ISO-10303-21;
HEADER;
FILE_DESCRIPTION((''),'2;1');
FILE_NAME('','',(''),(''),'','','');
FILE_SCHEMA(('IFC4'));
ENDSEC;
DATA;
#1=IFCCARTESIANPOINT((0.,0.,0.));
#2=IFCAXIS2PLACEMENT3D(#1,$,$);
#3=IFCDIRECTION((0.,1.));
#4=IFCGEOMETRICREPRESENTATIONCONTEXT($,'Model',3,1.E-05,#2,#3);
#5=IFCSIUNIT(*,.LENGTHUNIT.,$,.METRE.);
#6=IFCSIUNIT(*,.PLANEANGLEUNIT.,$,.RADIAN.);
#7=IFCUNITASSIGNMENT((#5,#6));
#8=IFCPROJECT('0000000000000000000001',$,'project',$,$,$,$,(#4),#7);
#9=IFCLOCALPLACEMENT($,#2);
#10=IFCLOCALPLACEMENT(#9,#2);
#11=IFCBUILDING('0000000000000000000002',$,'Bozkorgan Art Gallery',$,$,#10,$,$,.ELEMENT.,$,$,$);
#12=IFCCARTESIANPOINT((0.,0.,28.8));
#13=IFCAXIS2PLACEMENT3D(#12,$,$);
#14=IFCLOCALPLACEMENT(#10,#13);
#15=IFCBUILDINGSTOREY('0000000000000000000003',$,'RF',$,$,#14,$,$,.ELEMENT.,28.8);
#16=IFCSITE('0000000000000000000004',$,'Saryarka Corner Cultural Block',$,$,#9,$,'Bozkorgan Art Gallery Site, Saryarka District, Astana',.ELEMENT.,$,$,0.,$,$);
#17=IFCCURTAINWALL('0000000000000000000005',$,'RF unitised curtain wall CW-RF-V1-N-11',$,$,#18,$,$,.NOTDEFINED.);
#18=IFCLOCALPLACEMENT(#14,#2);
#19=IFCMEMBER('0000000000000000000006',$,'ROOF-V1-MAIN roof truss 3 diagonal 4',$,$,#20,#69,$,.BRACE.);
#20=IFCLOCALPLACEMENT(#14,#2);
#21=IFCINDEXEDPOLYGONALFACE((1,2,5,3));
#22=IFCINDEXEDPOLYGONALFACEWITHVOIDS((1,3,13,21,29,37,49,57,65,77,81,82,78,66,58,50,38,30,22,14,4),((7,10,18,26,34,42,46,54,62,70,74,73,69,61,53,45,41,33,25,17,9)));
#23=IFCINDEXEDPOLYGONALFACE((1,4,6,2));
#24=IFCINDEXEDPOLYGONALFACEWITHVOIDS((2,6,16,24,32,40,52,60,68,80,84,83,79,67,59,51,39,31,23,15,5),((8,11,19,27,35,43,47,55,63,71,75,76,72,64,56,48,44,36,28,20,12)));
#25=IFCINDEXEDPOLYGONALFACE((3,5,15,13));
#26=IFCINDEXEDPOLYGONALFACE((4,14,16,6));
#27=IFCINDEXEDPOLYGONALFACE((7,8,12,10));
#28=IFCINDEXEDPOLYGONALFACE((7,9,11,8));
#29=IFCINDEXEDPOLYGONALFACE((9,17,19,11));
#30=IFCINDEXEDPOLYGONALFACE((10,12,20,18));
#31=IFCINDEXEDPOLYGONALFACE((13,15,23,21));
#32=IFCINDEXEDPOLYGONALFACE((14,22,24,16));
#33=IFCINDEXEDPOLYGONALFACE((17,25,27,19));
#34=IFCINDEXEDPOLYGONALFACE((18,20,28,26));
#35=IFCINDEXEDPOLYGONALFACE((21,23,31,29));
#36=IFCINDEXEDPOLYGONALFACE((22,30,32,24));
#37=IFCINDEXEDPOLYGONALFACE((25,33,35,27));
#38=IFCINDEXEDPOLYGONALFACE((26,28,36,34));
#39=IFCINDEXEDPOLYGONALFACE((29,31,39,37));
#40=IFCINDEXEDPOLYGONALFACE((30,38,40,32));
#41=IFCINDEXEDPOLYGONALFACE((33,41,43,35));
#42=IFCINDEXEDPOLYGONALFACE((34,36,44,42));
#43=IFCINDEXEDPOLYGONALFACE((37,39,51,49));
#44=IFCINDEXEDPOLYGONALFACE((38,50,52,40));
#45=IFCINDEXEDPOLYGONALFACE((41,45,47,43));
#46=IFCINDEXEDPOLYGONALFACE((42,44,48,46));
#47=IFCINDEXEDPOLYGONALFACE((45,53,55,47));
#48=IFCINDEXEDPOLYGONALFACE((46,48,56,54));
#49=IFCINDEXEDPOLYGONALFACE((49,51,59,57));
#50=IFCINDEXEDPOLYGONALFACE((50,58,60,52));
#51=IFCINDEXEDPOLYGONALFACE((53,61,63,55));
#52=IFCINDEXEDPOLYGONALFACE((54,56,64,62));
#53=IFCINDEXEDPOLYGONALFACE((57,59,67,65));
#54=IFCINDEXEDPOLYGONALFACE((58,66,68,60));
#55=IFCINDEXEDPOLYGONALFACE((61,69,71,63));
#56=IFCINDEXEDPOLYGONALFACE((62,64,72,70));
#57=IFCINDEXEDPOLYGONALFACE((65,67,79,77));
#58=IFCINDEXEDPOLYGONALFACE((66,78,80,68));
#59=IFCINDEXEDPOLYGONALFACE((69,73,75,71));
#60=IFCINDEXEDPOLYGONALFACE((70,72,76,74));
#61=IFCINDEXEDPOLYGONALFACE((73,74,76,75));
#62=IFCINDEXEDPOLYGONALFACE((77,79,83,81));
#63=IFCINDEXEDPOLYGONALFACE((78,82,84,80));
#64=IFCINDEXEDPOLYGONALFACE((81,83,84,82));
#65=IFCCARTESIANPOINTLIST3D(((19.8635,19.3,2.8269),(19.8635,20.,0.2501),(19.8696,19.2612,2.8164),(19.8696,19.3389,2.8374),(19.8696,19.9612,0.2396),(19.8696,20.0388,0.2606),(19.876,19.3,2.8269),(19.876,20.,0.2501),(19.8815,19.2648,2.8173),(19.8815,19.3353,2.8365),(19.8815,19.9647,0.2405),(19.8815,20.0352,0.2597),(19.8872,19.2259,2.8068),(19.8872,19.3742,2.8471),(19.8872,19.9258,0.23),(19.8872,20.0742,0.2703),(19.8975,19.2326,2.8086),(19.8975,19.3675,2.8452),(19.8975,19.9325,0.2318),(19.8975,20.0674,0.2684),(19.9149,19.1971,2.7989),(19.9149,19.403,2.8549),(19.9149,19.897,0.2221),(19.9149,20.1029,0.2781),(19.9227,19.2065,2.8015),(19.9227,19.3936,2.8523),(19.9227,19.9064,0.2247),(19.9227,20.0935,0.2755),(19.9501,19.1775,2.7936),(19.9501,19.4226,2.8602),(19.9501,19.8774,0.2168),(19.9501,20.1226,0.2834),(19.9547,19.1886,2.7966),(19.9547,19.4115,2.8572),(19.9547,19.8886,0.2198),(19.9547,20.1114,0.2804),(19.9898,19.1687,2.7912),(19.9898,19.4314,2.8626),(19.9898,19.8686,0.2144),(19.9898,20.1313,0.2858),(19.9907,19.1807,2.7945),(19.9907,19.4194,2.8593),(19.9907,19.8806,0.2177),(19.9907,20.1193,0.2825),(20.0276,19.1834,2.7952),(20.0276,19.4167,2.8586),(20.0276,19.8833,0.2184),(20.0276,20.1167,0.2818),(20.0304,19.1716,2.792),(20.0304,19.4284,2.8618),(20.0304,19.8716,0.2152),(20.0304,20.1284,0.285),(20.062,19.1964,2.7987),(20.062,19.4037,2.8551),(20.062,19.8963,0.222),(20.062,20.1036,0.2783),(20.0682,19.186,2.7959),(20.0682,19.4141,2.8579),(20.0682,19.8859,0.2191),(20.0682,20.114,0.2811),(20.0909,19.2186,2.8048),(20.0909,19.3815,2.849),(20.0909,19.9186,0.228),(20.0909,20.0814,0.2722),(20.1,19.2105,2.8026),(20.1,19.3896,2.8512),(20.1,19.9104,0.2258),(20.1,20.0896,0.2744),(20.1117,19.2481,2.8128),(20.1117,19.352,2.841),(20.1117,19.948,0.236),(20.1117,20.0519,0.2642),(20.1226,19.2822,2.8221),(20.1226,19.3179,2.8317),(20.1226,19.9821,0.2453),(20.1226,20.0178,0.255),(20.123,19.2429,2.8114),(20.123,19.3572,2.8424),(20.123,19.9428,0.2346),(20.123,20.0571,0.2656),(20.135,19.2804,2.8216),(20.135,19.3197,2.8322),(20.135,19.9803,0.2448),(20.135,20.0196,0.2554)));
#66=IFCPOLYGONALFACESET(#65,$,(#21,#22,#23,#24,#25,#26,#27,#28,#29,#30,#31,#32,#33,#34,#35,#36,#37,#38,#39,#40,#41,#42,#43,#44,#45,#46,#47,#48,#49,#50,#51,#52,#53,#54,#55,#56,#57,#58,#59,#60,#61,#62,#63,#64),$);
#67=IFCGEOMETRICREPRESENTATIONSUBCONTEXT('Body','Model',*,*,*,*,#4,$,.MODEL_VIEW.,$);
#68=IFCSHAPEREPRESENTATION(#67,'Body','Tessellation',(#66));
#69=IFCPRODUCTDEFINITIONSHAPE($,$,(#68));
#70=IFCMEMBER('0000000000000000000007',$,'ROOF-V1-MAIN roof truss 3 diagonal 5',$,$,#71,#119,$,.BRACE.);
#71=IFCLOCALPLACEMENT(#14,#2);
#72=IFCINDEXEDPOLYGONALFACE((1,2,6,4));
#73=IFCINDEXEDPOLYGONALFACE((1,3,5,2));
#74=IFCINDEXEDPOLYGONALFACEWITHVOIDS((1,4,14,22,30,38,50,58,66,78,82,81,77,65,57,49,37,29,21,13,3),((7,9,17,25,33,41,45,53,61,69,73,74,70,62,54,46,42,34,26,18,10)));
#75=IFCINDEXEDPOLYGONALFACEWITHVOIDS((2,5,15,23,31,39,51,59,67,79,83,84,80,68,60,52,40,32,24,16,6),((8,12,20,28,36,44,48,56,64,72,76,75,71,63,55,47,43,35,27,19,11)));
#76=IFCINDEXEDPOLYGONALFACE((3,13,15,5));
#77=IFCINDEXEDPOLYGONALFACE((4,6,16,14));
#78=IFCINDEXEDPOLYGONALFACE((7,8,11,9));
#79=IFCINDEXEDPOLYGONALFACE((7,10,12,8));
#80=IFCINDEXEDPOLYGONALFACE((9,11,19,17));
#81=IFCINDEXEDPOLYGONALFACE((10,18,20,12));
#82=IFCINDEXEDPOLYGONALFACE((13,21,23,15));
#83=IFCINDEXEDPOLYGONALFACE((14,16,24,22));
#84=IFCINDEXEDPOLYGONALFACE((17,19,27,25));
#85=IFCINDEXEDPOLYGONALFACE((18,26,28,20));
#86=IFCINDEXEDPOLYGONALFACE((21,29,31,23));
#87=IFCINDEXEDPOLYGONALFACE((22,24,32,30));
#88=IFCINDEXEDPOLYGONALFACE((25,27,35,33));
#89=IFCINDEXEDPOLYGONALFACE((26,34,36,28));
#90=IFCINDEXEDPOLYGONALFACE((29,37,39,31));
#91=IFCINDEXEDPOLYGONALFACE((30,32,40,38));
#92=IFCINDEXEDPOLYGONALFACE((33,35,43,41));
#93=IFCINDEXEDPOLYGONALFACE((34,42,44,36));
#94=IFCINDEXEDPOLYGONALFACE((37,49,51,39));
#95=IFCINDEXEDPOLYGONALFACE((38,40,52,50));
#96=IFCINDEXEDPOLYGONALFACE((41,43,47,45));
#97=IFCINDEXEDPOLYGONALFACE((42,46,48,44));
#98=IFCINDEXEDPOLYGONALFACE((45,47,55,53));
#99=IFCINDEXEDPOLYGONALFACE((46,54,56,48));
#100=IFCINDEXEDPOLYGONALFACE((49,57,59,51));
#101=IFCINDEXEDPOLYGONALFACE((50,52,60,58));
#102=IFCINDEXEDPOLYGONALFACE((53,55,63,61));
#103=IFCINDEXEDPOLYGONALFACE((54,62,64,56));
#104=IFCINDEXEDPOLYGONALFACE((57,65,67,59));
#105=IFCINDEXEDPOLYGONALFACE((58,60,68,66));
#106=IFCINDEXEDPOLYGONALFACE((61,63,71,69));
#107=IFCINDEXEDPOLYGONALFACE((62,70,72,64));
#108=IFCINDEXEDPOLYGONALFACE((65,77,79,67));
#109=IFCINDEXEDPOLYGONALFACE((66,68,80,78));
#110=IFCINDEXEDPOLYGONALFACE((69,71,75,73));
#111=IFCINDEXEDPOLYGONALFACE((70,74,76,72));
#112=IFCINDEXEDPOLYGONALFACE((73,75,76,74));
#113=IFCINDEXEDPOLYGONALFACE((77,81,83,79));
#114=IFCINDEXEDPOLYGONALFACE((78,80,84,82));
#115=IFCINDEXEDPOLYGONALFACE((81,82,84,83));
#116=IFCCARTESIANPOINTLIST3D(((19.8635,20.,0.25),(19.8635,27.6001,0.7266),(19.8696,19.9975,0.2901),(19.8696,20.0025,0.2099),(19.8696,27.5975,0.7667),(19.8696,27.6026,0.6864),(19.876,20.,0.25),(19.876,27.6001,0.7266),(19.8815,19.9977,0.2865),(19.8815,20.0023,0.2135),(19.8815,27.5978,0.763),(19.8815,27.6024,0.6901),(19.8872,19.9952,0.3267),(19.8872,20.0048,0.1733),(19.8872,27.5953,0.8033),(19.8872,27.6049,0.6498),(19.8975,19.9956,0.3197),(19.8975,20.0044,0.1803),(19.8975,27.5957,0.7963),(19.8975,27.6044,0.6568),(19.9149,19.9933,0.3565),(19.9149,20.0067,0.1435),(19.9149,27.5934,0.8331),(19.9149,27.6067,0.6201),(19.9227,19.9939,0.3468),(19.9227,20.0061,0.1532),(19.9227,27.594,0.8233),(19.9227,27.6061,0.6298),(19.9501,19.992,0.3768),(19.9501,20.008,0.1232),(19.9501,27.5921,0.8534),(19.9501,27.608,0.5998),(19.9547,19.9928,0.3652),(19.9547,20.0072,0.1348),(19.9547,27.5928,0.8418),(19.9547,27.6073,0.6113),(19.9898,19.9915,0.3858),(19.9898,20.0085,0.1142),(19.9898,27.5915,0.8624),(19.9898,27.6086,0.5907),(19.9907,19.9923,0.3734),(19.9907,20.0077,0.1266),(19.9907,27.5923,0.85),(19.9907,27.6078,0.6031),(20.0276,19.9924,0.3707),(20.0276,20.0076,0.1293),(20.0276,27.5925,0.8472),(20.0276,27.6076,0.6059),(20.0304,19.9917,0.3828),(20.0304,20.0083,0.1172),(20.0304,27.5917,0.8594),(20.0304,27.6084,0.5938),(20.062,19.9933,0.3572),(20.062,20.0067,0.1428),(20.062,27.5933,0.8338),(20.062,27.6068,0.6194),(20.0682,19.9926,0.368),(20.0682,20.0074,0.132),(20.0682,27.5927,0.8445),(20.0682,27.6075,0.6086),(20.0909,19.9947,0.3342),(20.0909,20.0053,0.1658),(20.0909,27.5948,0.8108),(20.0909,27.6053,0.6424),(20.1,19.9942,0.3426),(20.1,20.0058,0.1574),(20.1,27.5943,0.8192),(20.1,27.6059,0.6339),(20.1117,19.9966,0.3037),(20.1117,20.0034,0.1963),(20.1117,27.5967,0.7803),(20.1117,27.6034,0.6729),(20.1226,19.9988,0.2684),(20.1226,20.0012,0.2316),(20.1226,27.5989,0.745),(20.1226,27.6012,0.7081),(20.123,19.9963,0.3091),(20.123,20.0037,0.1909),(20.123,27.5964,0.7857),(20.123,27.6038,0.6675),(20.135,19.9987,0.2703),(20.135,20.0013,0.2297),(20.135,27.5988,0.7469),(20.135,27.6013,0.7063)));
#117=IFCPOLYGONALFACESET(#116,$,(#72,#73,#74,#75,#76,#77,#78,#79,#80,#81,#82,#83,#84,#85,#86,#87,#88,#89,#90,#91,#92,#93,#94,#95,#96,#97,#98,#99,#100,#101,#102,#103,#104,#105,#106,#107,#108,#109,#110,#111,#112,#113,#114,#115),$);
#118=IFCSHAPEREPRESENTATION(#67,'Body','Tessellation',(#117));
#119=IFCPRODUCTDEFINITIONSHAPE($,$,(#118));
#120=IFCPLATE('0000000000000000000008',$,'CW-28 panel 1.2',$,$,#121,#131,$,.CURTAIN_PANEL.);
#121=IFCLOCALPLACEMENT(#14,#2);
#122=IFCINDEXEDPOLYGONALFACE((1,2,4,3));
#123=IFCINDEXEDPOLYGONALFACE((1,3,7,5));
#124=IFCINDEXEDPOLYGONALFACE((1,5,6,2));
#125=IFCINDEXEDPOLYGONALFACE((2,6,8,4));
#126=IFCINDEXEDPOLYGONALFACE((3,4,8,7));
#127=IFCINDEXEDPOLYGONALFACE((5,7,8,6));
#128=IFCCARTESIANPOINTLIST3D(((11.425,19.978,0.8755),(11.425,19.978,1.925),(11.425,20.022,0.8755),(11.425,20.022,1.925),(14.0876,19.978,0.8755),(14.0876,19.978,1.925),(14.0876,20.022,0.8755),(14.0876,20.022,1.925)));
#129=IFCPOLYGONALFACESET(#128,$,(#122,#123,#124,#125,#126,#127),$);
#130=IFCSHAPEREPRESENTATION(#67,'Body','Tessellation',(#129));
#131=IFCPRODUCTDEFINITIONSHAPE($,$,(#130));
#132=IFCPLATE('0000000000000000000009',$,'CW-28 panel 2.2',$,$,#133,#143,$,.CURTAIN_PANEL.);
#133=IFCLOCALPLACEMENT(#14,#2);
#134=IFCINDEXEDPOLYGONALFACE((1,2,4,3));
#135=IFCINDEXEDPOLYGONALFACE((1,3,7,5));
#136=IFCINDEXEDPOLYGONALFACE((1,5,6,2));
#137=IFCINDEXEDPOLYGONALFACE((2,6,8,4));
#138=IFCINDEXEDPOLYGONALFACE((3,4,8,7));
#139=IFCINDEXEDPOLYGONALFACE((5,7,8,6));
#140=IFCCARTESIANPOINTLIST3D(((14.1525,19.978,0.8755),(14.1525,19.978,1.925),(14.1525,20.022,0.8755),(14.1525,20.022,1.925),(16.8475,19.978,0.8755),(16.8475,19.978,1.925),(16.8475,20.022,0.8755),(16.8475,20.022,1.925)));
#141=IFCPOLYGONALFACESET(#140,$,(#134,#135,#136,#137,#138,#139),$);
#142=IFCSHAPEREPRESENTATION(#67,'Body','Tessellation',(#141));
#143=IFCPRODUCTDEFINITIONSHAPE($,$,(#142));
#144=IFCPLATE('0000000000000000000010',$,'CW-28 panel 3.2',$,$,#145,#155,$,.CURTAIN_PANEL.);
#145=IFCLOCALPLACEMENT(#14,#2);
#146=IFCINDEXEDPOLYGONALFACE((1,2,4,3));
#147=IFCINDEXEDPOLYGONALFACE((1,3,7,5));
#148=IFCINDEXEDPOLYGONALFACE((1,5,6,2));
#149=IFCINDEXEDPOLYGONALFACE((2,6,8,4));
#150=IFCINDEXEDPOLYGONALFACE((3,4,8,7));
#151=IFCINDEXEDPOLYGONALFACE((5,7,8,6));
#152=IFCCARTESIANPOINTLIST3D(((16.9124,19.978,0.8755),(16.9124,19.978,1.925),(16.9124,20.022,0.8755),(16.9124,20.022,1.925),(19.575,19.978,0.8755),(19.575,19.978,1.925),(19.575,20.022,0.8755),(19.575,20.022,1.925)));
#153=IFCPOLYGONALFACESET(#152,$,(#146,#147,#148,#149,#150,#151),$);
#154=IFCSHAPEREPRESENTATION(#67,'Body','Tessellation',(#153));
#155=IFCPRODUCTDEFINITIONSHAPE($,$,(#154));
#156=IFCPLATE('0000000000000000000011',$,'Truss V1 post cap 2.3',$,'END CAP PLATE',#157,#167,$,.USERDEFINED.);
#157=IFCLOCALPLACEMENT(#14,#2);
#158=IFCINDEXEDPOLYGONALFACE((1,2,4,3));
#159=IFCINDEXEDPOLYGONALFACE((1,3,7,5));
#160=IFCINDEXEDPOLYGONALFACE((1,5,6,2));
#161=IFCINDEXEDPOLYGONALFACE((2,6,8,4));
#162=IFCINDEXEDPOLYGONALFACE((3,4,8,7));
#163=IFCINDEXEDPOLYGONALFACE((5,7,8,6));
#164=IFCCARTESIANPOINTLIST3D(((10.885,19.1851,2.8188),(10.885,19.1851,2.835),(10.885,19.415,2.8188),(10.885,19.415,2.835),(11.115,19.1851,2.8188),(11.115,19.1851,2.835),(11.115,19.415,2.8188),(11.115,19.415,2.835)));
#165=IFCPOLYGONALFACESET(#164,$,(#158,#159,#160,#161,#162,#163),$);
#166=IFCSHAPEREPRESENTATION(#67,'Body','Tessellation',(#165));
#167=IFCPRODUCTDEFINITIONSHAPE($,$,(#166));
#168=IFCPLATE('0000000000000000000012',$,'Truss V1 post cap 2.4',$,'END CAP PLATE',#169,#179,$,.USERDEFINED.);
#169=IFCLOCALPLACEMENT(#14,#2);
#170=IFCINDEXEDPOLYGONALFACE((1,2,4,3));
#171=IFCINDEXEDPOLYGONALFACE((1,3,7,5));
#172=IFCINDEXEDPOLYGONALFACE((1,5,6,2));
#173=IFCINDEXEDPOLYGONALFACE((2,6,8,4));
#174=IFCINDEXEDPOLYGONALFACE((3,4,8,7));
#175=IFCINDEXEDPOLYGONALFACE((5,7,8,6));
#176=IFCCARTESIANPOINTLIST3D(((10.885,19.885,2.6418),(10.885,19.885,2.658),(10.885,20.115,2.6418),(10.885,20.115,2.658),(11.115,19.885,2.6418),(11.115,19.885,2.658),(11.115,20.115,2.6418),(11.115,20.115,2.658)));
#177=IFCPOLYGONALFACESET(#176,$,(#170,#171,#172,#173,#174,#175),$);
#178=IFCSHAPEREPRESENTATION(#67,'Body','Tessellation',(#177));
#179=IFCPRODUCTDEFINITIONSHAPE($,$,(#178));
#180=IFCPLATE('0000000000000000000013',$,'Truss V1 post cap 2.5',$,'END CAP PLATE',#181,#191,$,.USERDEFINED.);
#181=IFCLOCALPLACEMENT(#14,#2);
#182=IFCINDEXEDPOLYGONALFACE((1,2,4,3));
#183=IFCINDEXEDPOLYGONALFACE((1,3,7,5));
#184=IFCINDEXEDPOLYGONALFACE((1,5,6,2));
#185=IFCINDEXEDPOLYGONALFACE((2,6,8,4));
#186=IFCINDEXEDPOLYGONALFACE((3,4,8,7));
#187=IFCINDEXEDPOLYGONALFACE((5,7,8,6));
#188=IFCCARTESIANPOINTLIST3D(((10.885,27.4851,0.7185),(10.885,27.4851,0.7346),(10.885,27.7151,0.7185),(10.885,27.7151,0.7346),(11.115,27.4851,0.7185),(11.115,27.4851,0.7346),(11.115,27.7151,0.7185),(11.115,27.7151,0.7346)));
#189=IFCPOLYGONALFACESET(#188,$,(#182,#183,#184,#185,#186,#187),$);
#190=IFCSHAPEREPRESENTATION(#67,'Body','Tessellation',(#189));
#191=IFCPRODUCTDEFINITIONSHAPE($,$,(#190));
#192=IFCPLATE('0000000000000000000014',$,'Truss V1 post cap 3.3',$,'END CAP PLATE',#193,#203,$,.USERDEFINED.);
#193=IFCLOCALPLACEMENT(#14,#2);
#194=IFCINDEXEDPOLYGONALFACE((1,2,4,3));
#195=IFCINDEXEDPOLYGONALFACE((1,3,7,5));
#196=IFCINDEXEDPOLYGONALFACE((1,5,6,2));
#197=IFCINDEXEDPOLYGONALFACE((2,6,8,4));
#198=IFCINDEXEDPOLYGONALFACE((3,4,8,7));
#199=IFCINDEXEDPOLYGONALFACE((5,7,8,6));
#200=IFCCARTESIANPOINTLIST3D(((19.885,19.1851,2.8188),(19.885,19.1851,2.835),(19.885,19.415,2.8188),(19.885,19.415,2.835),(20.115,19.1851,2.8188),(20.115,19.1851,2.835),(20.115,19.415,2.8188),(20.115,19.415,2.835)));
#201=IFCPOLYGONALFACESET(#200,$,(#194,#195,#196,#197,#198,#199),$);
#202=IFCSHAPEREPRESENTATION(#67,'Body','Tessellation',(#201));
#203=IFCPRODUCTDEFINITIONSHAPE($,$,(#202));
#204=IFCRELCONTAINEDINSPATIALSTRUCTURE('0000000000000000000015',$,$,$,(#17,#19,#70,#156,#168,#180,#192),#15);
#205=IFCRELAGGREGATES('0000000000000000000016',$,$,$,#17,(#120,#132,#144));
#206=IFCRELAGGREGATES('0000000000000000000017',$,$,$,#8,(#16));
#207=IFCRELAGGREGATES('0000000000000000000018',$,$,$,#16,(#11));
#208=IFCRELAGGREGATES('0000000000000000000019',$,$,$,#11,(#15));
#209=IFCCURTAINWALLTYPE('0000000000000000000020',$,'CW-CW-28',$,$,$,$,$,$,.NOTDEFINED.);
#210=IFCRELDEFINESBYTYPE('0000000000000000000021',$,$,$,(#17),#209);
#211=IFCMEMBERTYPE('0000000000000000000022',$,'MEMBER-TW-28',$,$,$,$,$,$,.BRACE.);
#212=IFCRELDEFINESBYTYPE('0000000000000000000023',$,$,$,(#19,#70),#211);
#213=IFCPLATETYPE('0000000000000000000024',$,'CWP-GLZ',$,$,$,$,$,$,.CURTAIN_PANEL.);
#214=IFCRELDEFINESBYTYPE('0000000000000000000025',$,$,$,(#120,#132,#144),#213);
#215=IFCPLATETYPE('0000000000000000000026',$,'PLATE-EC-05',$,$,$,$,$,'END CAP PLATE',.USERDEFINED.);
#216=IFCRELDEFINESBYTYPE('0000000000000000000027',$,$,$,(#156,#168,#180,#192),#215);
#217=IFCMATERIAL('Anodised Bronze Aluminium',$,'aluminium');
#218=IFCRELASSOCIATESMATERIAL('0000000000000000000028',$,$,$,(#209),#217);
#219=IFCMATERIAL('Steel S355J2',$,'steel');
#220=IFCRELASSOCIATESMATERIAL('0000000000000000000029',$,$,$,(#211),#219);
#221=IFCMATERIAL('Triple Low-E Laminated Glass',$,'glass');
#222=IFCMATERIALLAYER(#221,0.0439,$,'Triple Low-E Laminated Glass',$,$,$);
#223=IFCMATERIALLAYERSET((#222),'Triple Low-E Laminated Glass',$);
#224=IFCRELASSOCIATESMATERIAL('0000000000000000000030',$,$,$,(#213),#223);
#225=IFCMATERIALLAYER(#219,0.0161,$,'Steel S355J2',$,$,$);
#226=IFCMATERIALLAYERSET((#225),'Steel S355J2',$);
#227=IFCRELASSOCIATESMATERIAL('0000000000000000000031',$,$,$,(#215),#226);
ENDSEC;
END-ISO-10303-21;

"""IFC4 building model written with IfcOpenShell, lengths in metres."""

from ifc_helpers import new_model, si_unit, direction, frame, origin, origin_2d, place, context, subcontext, project, spatial, rectangle, hollow_circle, extrude, material, layer, layer_set, material_profile, profile_set, type_object, element, aggregate, save


model = new_model("IFC4")

# Units and contexts
model_context = context("Model", 3, precision=1e-05, world=origin(), true_north=direction((0.0, 1.0)))
body_context = subcontext(model_context, "Body", "Model", "MODEL_VIEW")
ifc_project = project(units=[si_unit("LENGTHUNIT", "METRE"), si_unit("PLANEANGLEUNIT", "RADIAN")], contexts=[model_context])

# Site, building, storey
site_placement = place(None, origin())
site = spatial("IfcSite", under=ifc_project, at=site_placement, Name="Saryarka Corner Cultural Block", LongName="Bozkorgan Art Gallery Site, Saryarka District, Astana", CompositionType="ELEMENT", RefElevation=0.0)
building_placement = place(site_placement, origin())
building = spatial("IfcBuilding", under=site, at=building_placement, Name="Bozkorgan Art Gallery", CompositionType="ELEMENT")
storey_placement = place(building_placement, frame((0.0, 0.0, 28.8)))
storey = spatial("IfcBuildingStorey", under=building, at=storey_placement, Name="RF", CompositionType="ELEMENT", Elevation=28.8)

# Shared definitions
ifc_material_1 = material(Name="Steel S355J2", Category="steel")

# Curtain wall
ifc_material_2 = material(Name="Anodised Bronze Aluminium", Category="aluminium")
curtain_wall_type = type_object("IfcCurtainWallType", Name="CW-CW-28", PredefinedType="NOTDEFINED", material=ifc_material_2)
curtain_wall_placement = place(storey_placement, origin())
curtain_wall = element("IfcCurtainWall", 1, at=curtain_wall_placement, inside=storey, type_object=curtain_wall_type, Name="RF unitised curtain wall CW-RF-V1-N-11", PredefinedType="NOTDEFINED")

# Members
ifc_material_profile_1 = material_profile(ifc_material_1, hollow_circle(Radius=0.1365, WallThickness=0.0125, at=origin_2d()), Name="CHS 273x12.5")
ifc_profile_set_1 = profile_set([ifc_material_profile_1], Name="Steel S355J2")
member_type_1 = type_object("IfcMemberType", Name="MEMBER-TW-28", PredefinedType="BRACE", material=ifc_profile_set_1)
member_1_placement = place(storey_placement, frame((20.0, 19.3, 2.8269), z_axis=(0.0, 0.262127, -0.965033), x_axis=(-1.0, 0.0, 0.0)))
element("IfcMember", 2, at=member_1_placement, inside=storey, type_object=member_type_1, Name="ROOF-V1-MAIN roof truss 3 diagonal 4", PredefinedType="BRACE", context=body_context, shape_type="SweptSolid", body=[
    extrude(hollow_circle(Radius=0.1365, WallThickness=0.0125, at=origin_2d()), origin(), (0.0, 0.0, 1.0), 2.6702),
])
member_2_placement = place(storey_placement, frame((20.0, 20.0, 0.25), z_axis=(0.0, 0.99804, 0.062582), x_axis=(-1.0, 0.0, 0.0)))
element("IfcMember", 3, at=member_2_placement, inside=storey, type_object=member_type_1, Name="ROOF-V1-MAIN roof truss 3 diagonal 5", PredefinedType="BRACE", context=body_context, shape_type="SweptSolid", body=[
    extrude(hollow_circle(Radius=0.1365, WallThickness=0.0125, at=origin_2d()), origin(), (0.0, 0.0, 1.0), 7.615),
])

# Plates
ifc_material_3 = material(Name="Triple Low-E Laminated Glass", Category="glass")
ifc_layer_1 = layer(ifc_material_3, 0.0439, Name="Triple Low-E Laminated Glass")
ifc_layer_set_1 = layer_set([ifc_layer_1], Name="Triple Low-E Laminated Glass")
plate_type_1 = type_object("IfcPlateType", Name="CWP-GLZ", PredefinedType="CURTAIN_PANEL", material=ifc_layer_set_1)
plate_1_placement = place(storey_placement, frame((12.7563, 20.0, 0.8755), z_axis=(0.0, 0.0, 1.0), x_axis=(1.0, 0.0, 0.0)))
plate_1 = element("IfcPlate", 4, at=plate_1_placement, type_object=plate_type_1, Name="CW-28 panel 1.2", PredefinedType="CURTAIN_PANEL", context=body_context, shape_type="SweptSolid", body=[
    extrude(rectangle(XDim=2.6626, YDim=0.0439, at=origin_2d()), origin(), (0.0, 0.0, 1.0), 1.0496),
])
plate_2_placement = place(storey_placement, frame((15.5, 20.0, 0.8755), z_axis=(0.0, 0.0, 1.0), x_axis=(1.0, 0.0, 0.0)))
plate_2 = element("IfcPlate", 5, at=plate_2_placement, type_object=plate_type_1, Name="CW-28 panel 2.2", PredefinedType="CURTAIN_PANEL", context=body_context, shape_type="SweptSolid", body=[
    extrude(rectangle(XDim=2.6951, YDim=0.0439, at=origin_2d()), origin(), (0.0, 0.0, 1.0), 1.0496),
])
plate_3_placement = place(storey_placement, frame((18.2437, 20.0, 0.8755), z_axis=(0.0, 0.0, 1.0), x_axis=(1.0, 0.0, 0.0)))
plate_3 = element("IfcPlate", 6, at=plate_3_placement, type_object=plate_type_1, Name="CW-28 panel 3.2", PredefinedType="CURTAIN_PANEL", context=body_context, shape_type="SweptSolid", body=[
    extrude(rectangle(XDim=2.6626, YDim=0.0439, at=origin_2d()), origin(), (0.0, 0.0, 1.0), 1.0496),
])
aggregate(curtain_wall, [plate_1, plate_2, plate_3])

# Plates
ifc_layer_2 = layer(ifc_material_1, 0.0161, Name="Steel S355J2")
ifc_layer_set_2 = layer_set([ifc_layer_2], Name="Steel S355J2")
plate_type_2 = type_object("IfcPlateType", Name="PLATE-EC-05", ElementType="END CAP PLATE", PredefinedType="USERDEFINED", material=ifc_layer_set_2)
for number, where, z_axis, x_axis, name in (
    (7, (11.0, 19.3, 2.8188), (0.0, 0.0, 1.0), (1.0, 0.0, 0.0), "Truss V1 post cap 2.3"),
    (8, (11.0, 20.0, 2.6418), (0.0, 0.0, 1.0), (1.0, 0.0, 0.0), "Truss V1 post cap 2.4"),
    (9, (11.0, 27.6001, 0.7185), (0.0, 0.0, 1.0), (1.0, 0.0, 0.0), "Truss V1 post cap 2.5"),
    (10, (20.0, 19.3, 2.8188), (0.0, 0.0, 1.0), (1.0, 0.0, 0.0), "Truss V1 post cap 3.3"),
):
    element("IfcPlate", number, at=place(storey_placement, frame(where, z_axis=z_axis, x_axis=x_axis)), inside=storey, type_object=plate_type_2, Name=name, ObjectType="END CAP PLATE", PredefinedType="USERDEFINED", context=body_context, shape_type="SweptSolid", body=[
        extrude(rectangle(XDim=0.23, YDim=0.23, at=origin_2d()), origin(), (0.0, 0.0, 1.0), 0.0161),
    ])

save(model, "model.ifc")
